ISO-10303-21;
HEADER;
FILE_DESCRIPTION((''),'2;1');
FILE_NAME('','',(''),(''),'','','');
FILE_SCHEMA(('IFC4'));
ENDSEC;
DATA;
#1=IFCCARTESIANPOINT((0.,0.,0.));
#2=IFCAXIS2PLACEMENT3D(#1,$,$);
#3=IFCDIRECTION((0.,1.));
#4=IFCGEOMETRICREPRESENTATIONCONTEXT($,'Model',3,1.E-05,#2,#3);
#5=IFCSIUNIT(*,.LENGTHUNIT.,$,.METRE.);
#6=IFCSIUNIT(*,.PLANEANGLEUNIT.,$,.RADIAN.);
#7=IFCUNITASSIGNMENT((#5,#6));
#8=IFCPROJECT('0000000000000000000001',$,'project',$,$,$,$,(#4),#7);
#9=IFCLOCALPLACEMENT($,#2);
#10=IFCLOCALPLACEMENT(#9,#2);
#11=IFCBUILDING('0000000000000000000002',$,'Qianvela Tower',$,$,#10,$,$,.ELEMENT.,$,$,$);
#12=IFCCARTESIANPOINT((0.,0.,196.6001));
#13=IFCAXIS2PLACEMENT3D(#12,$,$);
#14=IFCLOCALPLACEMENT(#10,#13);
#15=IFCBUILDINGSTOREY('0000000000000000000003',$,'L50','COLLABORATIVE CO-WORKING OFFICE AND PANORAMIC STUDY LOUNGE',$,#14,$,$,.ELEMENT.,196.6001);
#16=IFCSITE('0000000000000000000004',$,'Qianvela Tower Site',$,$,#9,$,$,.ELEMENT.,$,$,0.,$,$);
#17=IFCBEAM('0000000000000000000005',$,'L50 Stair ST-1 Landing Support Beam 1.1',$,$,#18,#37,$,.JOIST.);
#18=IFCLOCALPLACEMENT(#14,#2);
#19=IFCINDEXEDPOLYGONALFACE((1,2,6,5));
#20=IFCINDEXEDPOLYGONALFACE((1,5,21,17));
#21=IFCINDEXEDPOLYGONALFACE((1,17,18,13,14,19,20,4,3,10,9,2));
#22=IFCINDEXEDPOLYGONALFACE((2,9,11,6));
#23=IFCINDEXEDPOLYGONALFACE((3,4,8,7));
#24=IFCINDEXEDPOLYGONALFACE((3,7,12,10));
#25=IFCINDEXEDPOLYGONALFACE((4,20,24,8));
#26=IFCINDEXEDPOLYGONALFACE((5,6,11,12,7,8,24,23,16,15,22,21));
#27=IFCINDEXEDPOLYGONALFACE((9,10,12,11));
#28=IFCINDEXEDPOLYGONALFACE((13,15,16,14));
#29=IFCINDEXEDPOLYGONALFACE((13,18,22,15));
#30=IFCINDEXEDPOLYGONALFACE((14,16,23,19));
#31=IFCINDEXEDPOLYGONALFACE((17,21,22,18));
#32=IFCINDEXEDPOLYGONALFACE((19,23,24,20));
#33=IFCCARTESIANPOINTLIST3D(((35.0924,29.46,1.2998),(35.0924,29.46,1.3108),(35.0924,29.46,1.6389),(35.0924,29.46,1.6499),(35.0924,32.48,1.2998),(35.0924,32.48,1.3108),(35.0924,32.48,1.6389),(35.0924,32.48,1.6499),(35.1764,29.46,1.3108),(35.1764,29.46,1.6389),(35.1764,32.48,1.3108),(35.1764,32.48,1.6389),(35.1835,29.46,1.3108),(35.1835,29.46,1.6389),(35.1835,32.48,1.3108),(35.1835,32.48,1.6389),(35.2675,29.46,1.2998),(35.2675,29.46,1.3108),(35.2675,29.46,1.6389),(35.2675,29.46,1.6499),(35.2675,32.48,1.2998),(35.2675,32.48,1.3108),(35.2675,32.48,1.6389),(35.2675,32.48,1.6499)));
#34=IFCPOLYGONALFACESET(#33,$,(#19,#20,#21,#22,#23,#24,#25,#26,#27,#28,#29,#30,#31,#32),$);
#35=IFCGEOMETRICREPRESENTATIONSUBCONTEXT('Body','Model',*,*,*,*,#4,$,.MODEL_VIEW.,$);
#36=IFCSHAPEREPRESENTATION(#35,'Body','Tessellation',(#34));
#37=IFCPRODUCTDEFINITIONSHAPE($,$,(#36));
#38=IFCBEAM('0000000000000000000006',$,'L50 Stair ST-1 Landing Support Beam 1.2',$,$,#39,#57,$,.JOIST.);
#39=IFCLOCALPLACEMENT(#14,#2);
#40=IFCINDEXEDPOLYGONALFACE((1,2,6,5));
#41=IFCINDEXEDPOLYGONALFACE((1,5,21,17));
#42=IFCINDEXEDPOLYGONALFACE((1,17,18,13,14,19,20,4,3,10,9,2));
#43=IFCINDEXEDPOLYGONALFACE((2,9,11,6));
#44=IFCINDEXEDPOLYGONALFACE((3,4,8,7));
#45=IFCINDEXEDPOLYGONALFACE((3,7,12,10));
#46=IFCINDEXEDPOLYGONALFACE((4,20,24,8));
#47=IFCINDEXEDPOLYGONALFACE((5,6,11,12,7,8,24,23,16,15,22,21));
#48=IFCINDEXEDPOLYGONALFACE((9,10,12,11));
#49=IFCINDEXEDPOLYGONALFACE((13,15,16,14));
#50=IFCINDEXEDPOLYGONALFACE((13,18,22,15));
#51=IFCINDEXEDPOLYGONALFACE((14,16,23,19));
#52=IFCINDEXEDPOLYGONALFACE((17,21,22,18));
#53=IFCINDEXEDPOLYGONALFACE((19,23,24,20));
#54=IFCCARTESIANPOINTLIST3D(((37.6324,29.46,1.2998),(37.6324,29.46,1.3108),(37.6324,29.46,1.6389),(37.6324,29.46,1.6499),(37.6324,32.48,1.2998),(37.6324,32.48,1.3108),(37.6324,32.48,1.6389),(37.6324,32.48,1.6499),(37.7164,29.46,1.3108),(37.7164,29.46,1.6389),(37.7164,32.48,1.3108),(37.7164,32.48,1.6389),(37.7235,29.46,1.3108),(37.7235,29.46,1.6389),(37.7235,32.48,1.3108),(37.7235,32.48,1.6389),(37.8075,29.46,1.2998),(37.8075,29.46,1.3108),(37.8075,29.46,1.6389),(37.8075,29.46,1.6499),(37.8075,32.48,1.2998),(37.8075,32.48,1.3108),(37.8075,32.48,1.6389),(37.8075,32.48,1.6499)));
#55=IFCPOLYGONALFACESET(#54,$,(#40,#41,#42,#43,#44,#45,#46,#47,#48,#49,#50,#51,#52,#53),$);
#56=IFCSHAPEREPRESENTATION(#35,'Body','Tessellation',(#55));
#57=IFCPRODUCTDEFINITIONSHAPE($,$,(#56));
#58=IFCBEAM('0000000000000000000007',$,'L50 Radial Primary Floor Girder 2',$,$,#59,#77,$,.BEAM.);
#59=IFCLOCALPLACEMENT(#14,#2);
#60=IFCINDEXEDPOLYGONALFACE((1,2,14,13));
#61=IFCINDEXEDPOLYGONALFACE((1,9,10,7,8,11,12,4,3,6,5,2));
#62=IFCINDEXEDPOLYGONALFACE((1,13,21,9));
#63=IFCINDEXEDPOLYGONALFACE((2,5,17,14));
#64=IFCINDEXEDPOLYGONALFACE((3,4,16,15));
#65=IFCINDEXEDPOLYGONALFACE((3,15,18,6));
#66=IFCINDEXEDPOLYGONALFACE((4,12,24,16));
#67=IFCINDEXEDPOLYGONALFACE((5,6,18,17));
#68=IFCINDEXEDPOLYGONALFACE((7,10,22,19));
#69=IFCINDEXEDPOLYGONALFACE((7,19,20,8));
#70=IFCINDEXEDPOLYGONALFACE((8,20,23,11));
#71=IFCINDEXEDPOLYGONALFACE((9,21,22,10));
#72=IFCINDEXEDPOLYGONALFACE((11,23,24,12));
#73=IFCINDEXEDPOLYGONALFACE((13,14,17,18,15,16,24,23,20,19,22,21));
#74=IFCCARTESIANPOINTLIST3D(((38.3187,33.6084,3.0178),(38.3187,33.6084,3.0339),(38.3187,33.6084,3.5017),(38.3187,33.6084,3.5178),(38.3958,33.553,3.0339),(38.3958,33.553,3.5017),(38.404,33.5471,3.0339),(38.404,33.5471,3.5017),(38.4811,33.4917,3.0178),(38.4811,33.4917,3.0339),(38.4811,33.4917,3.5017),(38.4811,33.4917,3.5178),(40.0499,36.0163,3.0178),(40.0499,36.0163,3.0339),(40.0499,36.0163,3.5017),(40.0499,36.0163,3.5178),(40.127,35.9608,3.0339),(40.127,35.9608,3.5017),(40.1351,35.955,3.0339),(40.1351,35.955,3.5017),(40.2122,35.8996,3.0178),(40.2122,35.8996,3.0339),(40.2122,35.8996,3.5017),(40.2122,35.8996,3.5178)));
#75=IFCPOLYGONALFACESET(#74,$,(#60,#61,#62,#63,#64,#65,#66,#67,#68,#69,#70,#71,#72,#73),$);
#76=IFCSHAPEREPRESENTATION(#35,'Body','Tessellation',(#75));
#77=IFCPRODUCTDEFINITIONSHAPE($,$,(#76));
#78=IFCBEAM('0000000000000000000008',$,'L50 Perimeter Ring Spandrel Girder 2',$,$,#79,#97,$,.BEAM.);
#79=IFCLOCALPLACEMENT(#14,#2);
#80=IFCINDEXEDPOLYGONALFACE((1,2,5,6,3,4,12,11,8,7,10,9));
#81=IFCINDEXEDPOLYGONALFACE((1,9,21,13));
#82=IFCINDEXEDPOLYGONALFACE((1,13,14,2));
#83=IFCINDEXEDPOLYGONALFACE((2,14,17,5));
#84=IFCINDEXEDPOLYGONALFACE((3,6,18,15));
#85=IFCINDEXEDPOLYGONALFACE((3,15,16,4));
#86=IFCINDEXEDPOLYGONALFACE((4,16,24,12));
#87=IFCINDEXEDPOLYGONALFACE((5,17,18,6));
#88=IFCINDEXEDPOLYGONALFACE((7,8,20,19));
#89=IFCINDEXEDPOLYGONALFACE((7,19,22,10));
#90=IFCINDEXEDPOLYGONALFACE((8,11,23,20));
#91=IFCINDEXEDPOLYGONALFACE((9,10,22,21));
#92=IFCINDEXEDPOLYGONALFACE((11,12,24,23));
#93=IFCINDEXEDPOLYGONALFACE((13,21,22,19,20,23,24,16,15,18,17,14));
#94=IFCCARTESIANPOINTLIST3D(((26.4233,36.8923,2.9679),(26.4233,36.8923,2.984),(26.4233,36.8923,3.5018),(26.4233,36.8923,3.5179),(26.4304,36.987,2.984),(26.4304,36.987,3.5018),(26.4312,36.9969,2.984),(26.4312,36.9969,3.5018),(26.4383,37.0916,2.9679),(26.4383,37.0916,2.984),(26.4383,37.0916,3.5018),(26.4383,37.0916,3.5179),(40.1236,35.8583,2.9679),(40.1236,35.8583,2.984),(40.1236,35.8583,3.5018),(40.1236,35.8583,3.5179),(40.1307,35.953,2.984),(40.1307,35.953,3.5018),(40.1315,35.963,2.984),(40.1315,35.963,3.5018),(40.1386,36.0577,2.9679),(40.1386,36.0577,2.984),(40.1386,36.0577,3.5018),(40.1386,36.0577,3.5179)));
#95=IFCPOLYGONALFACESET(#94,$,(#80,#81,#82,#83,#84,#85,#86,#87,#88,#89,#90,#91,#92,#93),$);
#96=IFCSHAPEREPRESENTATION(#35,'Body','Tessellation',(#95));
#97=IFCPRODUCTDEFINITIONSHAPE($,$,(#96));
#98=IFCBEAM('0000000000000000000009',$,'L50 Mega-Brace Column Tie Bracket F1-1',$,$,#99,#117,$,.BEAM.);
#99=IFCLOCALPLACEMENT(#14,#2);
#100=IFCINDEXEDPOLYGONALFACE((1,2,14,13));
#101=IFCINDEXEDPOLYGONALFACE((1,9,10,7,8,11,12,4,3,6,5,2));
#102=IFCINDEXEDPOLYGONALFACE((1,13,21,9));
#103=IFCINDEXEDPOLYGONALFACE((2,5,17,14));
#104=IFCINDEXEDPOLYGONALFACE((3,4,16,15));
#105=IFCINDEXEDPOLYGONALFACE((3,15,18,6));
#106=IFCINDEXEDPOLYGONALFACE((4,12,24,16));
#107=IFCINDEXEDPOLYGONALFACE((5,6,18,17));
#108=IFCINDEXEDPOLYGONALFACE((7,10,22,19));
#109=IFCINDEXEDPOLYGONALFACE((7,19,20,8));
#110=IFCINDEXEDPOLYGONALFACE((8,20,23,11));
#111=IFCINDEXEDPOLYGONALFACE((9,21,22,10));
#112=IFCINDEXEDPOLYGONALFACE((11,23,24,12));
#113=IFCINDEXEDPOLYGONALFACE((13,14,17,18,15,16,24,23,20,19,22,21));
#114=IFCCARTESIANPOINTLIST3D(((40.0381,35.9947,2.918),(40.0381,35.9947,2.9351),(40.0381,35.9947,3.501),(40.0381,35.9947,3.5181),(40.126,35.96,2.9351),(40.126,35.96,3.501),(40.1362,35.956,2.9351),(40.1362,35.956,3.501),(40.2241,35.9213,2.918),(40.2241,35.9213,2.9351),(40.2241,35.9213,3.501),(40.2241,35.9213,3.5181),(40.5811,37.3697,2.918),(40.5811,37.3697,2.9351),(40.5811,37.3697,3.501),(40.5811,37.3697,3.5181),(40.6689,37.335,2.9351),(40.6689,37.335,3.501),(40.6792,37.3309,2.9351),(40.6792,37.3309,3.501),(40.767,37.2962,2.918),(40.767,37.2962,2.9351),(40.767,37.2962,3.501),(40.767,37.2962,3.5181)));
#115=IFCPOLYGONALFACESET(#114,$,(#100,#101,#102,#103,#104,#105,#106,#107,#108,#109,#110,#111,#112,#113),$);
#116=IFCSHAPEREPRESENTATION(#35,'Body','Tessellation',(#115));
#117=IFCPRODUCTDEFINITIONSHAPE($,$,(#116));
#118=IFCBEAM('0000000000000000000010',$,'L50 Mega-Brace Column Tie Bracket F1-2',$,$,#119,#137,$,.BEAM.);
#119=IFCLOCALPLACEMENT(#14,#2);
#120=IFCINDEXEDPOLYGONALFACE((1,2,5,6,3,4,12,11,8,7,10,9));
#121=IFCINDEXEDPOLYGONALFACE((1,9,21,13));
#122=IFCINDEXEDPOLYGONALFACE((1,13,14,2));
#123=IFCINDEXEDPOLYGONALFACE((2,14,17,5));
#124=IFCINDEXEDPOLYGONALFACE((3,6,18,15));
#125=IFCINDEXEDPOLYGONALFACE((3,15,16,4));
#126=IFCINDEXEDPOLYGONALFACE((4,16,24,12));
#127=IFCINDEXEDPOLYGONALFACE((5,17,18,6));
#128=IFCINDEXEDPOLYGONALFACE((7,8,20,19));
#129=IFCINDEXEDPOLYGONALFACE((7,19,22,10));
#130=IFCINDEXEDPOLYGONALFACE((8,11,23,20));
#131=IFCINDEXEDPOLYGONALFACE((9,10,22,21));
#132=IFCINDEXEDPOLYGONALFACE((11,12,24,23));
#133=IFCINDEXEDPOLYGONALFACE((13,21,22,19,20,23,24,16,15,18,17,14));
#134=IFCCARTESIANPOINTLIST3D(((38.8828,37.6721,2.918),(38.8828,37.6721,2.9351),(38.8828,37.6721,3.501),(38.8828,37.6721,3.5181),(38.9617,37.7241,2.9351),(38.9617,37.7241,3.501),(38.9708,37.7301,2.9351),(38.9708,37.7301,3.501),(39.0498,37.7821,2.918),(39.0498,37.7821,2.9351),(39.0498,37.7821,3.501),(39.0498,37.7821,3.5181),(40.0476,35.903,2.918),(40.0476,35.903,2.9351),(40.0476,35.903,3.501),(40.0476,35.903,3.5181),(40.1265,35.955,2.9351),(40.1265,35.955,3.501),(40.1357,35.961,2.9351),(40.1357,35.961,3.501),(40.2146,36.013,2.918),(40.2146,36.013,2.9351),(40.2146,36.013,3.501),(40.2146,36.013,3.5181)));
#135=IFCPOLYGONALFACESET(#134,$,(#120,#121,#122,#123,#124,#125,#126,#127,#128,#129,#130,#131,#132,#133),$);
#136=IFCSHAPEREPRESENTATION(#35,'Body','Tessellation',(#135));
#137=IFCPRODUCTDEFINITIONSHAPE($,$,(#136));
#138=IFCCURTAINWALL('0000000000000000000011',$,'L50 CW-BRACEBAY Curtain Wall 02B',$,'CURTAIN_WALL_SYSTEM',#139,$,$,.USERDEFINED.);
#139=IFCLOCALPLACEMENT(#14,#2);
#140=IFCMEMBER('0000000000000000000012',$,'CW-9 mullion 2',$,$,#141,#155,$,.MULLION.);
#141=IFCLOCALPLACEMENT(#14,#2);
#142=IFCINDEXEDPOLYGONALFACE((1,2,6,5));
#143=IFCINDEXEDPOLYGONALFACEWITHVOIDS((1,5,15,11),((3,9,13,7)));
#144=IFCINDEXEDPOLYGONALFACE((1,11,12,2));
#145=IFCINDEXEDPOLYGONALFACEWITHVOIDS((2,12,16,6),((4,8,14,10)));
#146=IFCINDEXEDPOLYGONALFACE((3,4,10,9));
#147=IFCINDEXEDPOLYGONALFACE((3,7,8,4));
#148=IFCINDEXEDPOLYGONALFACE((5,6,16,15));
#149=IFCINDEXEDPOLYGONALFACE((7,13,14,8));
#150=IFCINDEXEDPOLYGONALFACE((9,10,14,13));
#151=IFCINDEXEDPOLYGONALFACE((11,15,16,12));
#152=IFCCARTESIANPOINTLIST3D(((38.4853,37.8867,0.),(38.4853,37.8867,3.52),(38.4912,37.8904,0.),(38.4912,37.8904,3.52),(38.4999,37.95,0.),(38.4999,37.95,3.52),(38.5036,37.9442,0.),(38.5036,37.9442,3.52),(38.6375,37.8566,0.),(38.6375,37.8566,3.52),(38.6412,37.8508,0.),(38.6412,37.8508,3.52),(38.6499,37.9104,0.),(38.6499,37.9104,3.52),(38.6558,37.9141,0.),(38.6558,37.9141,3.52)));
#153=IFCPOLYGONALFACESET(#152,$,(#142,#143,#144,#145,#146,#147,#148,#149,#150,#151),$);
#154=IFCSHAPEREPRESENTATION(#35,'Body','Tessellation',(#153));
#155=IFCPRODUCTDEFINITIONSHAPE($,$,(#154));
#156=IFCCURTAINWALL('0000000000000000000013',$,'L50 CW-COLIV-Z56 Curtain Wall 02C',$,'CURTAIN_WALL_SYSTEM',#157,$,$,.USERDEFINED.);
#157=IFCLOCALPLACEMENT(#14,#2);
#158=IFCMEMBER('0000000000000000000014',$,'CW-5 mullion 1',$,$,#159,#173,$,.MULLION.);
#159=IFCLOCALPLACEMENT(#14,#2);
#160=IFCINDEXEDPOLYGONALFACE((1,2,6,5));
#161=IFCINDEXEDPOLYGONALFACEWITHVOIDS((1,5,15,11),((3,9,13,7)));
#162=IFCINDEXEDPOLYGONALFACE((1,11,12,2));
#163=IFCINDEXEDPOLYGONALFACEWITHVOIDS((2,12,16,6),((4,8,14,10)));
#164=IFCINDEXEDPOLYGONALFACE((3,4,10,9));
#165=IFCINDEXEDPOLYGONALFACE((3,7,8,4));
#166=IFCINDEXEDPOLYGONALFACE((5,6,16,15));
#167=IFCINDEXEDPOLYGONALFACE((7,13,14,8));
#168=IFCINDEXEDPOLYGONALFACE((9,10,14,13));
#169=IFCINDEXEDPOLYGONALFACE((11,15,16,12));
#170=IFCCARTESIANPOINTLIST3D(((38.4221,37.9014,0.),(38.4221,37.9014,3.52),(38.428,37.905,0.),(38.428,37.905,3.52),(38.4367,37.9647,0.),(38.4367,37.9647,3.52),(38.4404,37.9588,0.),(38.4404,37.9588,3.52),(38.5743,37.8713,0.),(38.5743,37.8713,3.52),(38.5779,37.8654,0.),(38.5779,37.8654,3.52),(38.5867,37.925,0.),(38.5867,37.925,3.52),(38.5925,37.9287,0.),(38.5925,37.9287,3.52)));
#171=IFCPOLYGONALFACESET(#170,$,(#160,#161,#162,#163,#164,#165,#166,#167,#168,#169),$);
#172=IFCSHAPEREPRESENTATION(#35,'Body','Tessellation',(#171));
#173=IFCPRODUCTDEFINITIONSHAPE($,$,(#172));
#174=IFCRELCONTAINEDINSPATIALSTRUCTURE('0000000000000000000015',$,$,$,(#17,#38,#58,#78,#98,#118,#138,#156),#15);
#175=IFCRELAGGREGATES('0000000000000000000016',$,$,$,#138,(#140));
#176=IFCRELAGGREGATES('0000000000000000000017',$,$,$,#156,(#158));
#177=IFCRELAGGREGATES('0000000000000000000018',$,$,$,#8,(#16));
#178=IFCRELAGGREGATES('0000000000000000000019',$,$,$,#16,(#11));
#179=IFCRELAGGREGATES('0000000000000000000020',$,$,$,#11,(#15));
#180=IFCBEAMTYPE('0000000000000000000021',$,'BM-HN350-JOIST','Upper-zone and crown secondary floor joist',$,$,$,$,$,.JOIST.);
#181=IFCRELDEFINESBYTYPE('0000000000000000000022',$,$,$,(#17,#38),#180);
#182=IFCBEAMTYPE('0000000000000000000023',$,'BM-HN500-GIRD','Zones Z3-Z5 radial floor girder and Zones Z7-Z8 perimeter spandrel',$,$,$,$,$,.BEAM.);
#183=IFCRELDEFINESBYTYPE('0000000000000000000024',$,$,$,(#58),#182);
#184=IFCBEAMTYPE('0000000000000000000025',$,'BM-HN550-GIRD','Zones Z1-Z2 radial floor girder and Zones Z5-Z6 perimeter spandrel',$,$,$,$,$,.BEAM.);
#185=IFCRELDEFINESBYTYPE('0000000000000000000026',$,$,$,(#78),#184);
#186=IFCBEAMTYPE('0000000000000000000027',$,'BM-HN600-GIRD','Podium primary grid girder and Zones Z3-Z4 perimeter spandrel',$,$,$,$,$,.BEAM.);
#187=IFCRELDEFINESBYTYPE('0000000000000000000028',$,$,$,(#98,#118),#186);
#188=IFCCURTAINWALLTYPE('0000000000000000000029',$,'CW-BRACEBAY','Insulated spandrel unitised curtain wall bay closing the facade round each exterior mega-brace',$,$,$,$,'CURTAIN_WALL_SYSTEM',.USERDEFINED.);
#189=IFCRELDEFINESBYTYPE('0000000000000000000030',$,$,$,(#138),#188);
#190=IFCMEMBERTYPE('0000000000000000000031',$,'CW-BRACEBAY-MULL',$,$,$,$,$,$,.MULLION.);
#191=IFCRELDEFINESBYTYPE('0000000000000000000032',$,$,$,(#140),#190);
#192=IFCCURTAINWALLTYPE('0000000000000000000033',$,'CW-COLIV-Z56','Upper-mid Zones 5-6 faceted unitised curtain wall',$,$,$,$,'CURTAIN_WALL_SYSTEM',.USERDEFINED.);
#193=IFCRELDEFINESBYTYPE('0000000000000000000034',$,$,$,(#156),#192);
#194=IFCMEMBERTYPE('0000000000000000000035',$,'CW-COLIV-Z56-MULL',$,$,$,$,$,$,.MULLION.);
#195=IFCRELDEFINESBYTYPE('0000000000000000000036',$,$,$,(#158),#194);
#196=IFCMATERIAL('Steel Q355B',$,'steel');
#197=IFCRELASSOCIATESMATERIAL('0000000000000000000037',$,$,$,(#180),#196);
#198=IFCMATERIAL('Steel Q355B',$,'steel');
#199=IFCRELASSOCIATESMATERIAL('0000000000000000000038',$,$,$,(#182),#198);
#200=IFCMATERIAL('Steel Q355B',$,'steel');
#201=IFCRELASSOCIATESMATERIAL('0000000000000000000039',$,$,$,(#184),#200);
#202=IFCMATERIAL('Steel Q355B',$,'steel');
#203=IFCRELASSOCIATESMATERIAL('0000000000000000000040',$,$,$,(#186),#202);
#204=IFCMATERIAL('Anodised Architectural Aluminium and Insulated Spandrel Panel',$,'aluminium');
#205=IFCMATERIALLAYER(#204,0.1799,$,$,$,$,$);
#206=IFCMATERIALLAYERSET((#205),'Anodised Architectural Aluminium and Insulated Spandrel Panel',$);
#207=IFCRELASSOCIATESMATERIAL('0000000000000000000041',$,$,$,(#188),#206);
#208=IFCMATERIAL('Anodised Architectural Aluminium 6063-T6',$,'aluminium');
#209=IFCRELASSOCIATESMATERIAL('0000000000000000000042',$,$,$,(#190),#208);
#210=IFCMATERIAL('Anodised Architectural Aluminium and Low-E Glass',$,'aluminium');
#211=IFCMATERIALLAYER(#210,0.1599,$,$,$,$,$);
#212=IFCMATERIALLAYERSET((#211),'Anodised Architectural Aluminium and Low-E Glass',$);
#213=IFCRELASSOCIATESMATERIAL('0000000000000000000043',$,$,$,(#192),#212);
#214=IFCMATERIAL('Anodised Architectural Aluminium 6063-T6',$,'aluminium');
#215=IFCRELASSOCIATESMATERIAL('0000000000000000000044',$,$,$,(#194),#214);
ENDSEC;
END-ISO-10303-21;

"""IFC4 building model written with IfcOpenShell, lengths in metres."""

from ifc_helpers import new_model, si_unit, direction, frame, origin, origin_2d, place, context, subcontext, project, spatial, hollow_rectangle, i_section, extrude, material, layer, layer_set, material_profile, profile_set, type_object, element, aggregate, save


model = new_model("IFC4")

# Units and contexts
model_context = context("Model", 3, precision=1e-05, world=origin(), true_north=direction((0.0, 1.0)))
body_context = subcontext(model_context, "Body", "Model", "MODEL_VIEW")
ifc_project = project(units=[si_unit("LENGTHUNIT", "METRE"), si_unit("PLANEANGLEUNIT", "RADIAN")], contexts=[model_context])

# Site, building, storey
site_placement = place(None, origin())
site = spatial("IfcSite", under=ifc_project, at=site_placement, Name="Qianvela Tower Site", CompositionType="ELEMENT", RefElevation=0.0)
building_placement = place(site_placement, origin())
building = spatial("IfcBuilding", under=site, at=building_placement, Name="Qianvela Tower", CompositionType="ELEMENT")
storey_placement = place(building_placement, frame((0.0, 0.0, 196.6001)))
storey = spatial("IfcBuildingStorey", under=building, at=storey_placement, Name="L50", Description="COLLABORATIVE CO-WORKING OFFICE AND PANORAMIC STUDY LOUNGE", CompositionType="ELEMENT", Elevation=196.6001)

# Beams
ifc_material_1 = material(Name="Steel Q355B", Category="steel")
ifc_material_profile_1 = material_profile(ifc_material_1, i_section(OverallWidth=0.175, OverallDepth=0.3501, WebThickness=0.0071, FlangeThickness=0.011, at=origin_2d()), Name="HN350x175x7x11")
ifc_profile_set_1 = profile_set([ifc_material_profile_1], Name="Steel Q355B")
beam_type_1 = type_object("IfcBeamType", Name="BM-HN350-JOIST", Description="Upper-zone and crown secondary floor joist", PredefinedType="JOIST", material=ifc_profile_set_1)
for number, where, z_axis, x_axis, name in (
    (1, (35.1799, 29.46, 1.4749), (0.0, 1.0, 0.0), (-1.0, 0.0, 0.0), "L50 Stair ST-1 Landing Support Beam 1.1"),
    (2, (37.72, 29.46, 1.4749), (0.0, 1.0, 0.0), (-1.0, 0.0, 0.0), "L50 Stair ST-1 Landing Support Beam 1.2"),
):
    element("IfcBeam", number, at=place(storey_placement, frame(where, z_axis=z_axis, x_axis=x_axis)), inside=storey, type_object=beam_type_1, Name=name, PredefinedType="JOIST", context=body_context, shape_type="SweptSolid", body=[
        extrude(i_section(OverallWidth=0.175, OverallDepth=0.3501, WebThickness=0.0071, FlangeThickness=0.011, at=origin_2d()), origin(), (0.0, 0.0, 1.0), 3.02),
    ])
ifc_material_2 = material(Name="Steel Q355B", Category="steel")
ifc_material_profile_2 = material_profile(ifc_material_2, i_section(OverallWidth=0.2, OverallDepth=0.5, WebThickness=0.01, FlangeThickness=0.0161, at=origin_2d()), Name="HN500x200x10x16")
ifc_profile_set_2 = profile_set([ifc_material_profile_2], Name="Steel Q355B")
beam_type_2 = type_object("IfcBeamType", Name="BM-HN500-GIRD", Description="Zones Z3-Z5 radial floor girder and Zones Z7-Z8 perimeter spandrel", PredefinedType="BEAM", material=ifc_profile_set_2)
beam_1_placement = place(storey_placement, frame((38.3999, 33.55, 3.2678), z_axis=(0.583743, 0.811939, 0.0), x_axis=(-0.811939, 0.583743, 0.0)))
element("IfcBeam", 3, at=beam_1_placement, inside=storey, type_object=beam_type_2, Name="L50 Radial Primary Floor Girder 2", PredefinedType="BEAM", context=body_context, shape_type="SweptSolid", body=[
    extrude(i_section(OverallWidth=0.2, OverallDepth=0.5, WebThickness=0.01, FlangeThickness=0.0161, at=origin_2d()), origin(), (0.0, 0.0, 1.0), 2.9656),
])
ifc_material_3 = material(Name="Steel Q355B", Category="steel")
ifc_material_profile_3 = material_profile(ifc_material_3, i_section(OverallWidth=0.2, OverallDepth=0.55, WebThickness=0.01, FlangeThickness=0.0161, at=origin_2d()), Name="HN550x200x10x16")
ifc_profile_set_3 = profile_set([ifc_material_profile_3], Name="Steel Q355B")
beam_type_3 = type_object("IfcBeamType", Name="BM-HN550-GIRD", Description="Zones Z1-Z2 radial floor girder and Zones Z5-Z6 perimeter spandrel", PredefinedType="BEAM", material=ifc_profile_set_3)
beam_2_placement = place(storey_placement, frame((40.1311, 35.958, 3.2429), z_axis=(-0.997164, 0.075255, 0.0), x_axis=(-0.075255, -0.997164, 0.0)))
element("IfcBeam", 4, at=beam_2_placement, inside=storey, type_object=beam_type_3, Name="L50 Perimeter Ring Spandrel Girder 2", PredefinedType="BEAM", context=body_context, shape_type="SweptSolid", body=[
    extrude(i_section(OverallWidth=0.2, OverallDepth=0.55, WebThickness=0.01, FlangeThickness=0.0161, at=origin_2d()), origin(), (0.0, 0.0, 1.0), 13.7393),
])
ifc_material_4 = material(Name="Steel Q355B", Category="steel")
ifc_material_profile_4 = material_profile(ifc_material_4, i_section(OverallWidth=0.2, OverallDepth=0.6001, WebThickness=0.011, FlangeThickness=0.0171, at=origin_2d()), Name="HN600x200x11x17")
ifc_profile_set_4 = profile_set([ifc_material_profile_4], Name="Steel Q355B")
beam_type_4 = type_object("IfcBeamType", Name="BM-HN600-GIRD", Description="Podium primary grid girder and Zones Z3-Z4 perimeter spandrel", PredefinedType="BEAM", material=ifc_profile_set_4)
beam_3_placement = place(storey_placement, frame((40.1311, 35.958, 3.218), z_axis=(0.367287, 0.930108, 0.0), x_axis=(-0.930108, 0.367287, 0.0)))
element("IfcBeam", 5, at=beam_3_placement, inside=storey, type_object=beam_type_4, Name="L50 Mega-Brace Column Tie Bracket F1-1", PredefinedType="BEAM", context=body_context, shape_type="SweptSolid", body=[
    extrude(i_section(OverallWidth=0.2, OverallDepth=0.6001, WebThickness=0.011, FlangeThickness=0.0171, at=origin_2d()), origin(), (0.0, 0.0, 1.0), 1.4783),
])
beam_4_placement = place(storey_placement, frame((40.1311, 35.958, 3.218), z_axis=(-0.54993, 0.835211, 0.0), x_axis=(-0.835211, -0.54993, 0.0)))
element("IfcBeam", 6, at=beam_4_placement, inside=storey, type_object=beam_type_4, Name="L50 Mega-Brace Column Tie Bracket F1-2", PredefinedType="BEAM", context=body_context, shape_type="SweptSolid", body=[
    extrude(i_section(OverallWidth=0.2, OverallDepth=0.6001, WebThickness=0.011, FlangeThickness=0.0171, at=origin_2d()), origin(), (0.0, 0.0, 1.0), 2.1182),
])

# Curtain wall, member
ifc_material_5 = material(Name="Anodised Architectural Aluminium and Insulated Spandrel Panel", Category="aluminium")
ifc_layer_1 = layer(ifc_material_5, 0.1799)
ifc_layer_set_1 = layer_set([ifc_layer_1], Name="Anodised Architectural Aluminium and Insulated Spandrel Panel")
curtain_wall_type_1 = type_object("IfcCurtainWallType", Name="CW-BRACEBAY", Description="Insulated spandrel unitised curtain wall bay closing the facade round each exterior mega-brace", ElementType="CURTAIN_WALL_SYSTEM", PredefinedType="USERDEFINED", material=ifc_layer_set_1)
curtain_wall_1_placement = place(storey_placement, origin())
curtain_wall_1 = element("IfcCurtainWall", 7, at=curtain_wall_1_placement, inside=storey, type_object=curtain_wall_type_1, Name="L50 CW-BRACEBAY Curtain Wall 02B", ObjectType="CURTAIN_WALL_SYSTEM", PredefinedType="USERDEFINED")
ifc_material_6 = material(Name="Anodised Architectural Aluminium 6063-T6", Category="aluminium")
ifc_material_profile_5 = material_profile(ifc_material_6, hollow_rectangle(XDim=0.0649, YDim=0.1599, WallThickness=0.0049, at=origin_2d()), Name="ALU-MULL-65x160")
ifc_profile_set_5 = profile_set([ifc_material_profile_5], Name="Anodised Architectural Aluminium 6063-T6")
member_type_1 = type_object("IfcMemberType", Name="CW-BRACEBAY-MULL", PredefinedType="MULLION", material=ifc_profile_set_5)
member_1_placement = place(storey_placement, frame((38.5706, 37.9004, 0.0), z_axis=(0.0, 0.0, 1.0), x_axis=(-0.224824, -0.974399, 0.0)))
member_1 = element("IfcMember", 8, at=member_1_placement, type_object=member_type_1, Name="CW-9 mullion 2", PredefinedType="MULLION", context=body_context, shape_type="SweptSolid", body=[
    extrude(hollow_rectangle(XDim=0.0649, YDim=0.1599, WallThickness=0.0049, at=origin_2d()), origin(), (0.0, 0.0, 1.0), 3.52),
])

# Curtain wall, member
ifc_material_7 = material(Name="Anodised Architectural Aluminium and Low-E Glass", Category="aluminium")
ifc_layer_2 = layer(ifc_material_7, 0.1599)
ifc_layer_set_2 = layer_set([ifc_layer_2], Name="Anodised Architectural Aluminium and Low-E Glass")
curtain_wall_type_2 = type_object("IfcCurtainWallType", Name="CW-COLIV-Z56", Description="Upper-mid Zones 5-6 faceted unitised curtain wall", ElementType="CURTAIN_WALL_SYSTEM", PredefinedType="USERDEFINED", material=ifc_layer_set_2)
curtain_wall_2_placement = place(storey_placement, origin())
curtain_wall_2 = element("IfcCurtainWall", 9, at=curtain_wall_2_placement, inside=storey, type_object=curtain_wall_type_2, Name="L50 CW-COLIV-Z56 Curtain Wall 02C", ObjectType="CURTAIN_WALL_SYSTEM", PredefinedType="USERDEFINED")
ifc_material_8 = material(Name="Anodised Architectural Aluminium 6063-T6", Category="aluminium")
ifc_material_profile_6 = material_profile(ifc_material_8, hollow_rectangle(XDim=0.0649, YDim=0.1599, WallThickness=0.0049, at=origin_2d()), Name="ALU-MULL-65x160")
ifc_profile_set_6 = profile_set([ifc_material_profile_6], Name="Anodised Architectural Aluminium 6063-T6")
member_type_2 = type_object("IfcMemberType", Name="CW-COLIV-Z56-MULL", PredefinedType="MULLION", material=ifc_profile_set_6)
member_2_placement = place(storey_placement, frame((38.5073, 37.915, 0.0), z_axis=(0.0, 0.0, 1.0), x_axis=(-0.224836, -0.974397, 0.0)))
member_2 = element("IfcMember", 10, at=member_2_placement, type_object=member_type_2, Name="CW-5 mullion 1", PredefinedType="MULLION", context=body_context, shape_type="SweptSolid", body=[
    extrude(hollow_rectangle(XDim=0.0649, YDim=0.1599, WallThickness=0.0049, at=origin_2d()), origin(), (0.0, 0.0, 1.0), 3.52),
])

aggregate(curtain_wall_1, [member_1])
aggregate(curtain_wall_2, [member_2])

save(model, "model.ifc")
